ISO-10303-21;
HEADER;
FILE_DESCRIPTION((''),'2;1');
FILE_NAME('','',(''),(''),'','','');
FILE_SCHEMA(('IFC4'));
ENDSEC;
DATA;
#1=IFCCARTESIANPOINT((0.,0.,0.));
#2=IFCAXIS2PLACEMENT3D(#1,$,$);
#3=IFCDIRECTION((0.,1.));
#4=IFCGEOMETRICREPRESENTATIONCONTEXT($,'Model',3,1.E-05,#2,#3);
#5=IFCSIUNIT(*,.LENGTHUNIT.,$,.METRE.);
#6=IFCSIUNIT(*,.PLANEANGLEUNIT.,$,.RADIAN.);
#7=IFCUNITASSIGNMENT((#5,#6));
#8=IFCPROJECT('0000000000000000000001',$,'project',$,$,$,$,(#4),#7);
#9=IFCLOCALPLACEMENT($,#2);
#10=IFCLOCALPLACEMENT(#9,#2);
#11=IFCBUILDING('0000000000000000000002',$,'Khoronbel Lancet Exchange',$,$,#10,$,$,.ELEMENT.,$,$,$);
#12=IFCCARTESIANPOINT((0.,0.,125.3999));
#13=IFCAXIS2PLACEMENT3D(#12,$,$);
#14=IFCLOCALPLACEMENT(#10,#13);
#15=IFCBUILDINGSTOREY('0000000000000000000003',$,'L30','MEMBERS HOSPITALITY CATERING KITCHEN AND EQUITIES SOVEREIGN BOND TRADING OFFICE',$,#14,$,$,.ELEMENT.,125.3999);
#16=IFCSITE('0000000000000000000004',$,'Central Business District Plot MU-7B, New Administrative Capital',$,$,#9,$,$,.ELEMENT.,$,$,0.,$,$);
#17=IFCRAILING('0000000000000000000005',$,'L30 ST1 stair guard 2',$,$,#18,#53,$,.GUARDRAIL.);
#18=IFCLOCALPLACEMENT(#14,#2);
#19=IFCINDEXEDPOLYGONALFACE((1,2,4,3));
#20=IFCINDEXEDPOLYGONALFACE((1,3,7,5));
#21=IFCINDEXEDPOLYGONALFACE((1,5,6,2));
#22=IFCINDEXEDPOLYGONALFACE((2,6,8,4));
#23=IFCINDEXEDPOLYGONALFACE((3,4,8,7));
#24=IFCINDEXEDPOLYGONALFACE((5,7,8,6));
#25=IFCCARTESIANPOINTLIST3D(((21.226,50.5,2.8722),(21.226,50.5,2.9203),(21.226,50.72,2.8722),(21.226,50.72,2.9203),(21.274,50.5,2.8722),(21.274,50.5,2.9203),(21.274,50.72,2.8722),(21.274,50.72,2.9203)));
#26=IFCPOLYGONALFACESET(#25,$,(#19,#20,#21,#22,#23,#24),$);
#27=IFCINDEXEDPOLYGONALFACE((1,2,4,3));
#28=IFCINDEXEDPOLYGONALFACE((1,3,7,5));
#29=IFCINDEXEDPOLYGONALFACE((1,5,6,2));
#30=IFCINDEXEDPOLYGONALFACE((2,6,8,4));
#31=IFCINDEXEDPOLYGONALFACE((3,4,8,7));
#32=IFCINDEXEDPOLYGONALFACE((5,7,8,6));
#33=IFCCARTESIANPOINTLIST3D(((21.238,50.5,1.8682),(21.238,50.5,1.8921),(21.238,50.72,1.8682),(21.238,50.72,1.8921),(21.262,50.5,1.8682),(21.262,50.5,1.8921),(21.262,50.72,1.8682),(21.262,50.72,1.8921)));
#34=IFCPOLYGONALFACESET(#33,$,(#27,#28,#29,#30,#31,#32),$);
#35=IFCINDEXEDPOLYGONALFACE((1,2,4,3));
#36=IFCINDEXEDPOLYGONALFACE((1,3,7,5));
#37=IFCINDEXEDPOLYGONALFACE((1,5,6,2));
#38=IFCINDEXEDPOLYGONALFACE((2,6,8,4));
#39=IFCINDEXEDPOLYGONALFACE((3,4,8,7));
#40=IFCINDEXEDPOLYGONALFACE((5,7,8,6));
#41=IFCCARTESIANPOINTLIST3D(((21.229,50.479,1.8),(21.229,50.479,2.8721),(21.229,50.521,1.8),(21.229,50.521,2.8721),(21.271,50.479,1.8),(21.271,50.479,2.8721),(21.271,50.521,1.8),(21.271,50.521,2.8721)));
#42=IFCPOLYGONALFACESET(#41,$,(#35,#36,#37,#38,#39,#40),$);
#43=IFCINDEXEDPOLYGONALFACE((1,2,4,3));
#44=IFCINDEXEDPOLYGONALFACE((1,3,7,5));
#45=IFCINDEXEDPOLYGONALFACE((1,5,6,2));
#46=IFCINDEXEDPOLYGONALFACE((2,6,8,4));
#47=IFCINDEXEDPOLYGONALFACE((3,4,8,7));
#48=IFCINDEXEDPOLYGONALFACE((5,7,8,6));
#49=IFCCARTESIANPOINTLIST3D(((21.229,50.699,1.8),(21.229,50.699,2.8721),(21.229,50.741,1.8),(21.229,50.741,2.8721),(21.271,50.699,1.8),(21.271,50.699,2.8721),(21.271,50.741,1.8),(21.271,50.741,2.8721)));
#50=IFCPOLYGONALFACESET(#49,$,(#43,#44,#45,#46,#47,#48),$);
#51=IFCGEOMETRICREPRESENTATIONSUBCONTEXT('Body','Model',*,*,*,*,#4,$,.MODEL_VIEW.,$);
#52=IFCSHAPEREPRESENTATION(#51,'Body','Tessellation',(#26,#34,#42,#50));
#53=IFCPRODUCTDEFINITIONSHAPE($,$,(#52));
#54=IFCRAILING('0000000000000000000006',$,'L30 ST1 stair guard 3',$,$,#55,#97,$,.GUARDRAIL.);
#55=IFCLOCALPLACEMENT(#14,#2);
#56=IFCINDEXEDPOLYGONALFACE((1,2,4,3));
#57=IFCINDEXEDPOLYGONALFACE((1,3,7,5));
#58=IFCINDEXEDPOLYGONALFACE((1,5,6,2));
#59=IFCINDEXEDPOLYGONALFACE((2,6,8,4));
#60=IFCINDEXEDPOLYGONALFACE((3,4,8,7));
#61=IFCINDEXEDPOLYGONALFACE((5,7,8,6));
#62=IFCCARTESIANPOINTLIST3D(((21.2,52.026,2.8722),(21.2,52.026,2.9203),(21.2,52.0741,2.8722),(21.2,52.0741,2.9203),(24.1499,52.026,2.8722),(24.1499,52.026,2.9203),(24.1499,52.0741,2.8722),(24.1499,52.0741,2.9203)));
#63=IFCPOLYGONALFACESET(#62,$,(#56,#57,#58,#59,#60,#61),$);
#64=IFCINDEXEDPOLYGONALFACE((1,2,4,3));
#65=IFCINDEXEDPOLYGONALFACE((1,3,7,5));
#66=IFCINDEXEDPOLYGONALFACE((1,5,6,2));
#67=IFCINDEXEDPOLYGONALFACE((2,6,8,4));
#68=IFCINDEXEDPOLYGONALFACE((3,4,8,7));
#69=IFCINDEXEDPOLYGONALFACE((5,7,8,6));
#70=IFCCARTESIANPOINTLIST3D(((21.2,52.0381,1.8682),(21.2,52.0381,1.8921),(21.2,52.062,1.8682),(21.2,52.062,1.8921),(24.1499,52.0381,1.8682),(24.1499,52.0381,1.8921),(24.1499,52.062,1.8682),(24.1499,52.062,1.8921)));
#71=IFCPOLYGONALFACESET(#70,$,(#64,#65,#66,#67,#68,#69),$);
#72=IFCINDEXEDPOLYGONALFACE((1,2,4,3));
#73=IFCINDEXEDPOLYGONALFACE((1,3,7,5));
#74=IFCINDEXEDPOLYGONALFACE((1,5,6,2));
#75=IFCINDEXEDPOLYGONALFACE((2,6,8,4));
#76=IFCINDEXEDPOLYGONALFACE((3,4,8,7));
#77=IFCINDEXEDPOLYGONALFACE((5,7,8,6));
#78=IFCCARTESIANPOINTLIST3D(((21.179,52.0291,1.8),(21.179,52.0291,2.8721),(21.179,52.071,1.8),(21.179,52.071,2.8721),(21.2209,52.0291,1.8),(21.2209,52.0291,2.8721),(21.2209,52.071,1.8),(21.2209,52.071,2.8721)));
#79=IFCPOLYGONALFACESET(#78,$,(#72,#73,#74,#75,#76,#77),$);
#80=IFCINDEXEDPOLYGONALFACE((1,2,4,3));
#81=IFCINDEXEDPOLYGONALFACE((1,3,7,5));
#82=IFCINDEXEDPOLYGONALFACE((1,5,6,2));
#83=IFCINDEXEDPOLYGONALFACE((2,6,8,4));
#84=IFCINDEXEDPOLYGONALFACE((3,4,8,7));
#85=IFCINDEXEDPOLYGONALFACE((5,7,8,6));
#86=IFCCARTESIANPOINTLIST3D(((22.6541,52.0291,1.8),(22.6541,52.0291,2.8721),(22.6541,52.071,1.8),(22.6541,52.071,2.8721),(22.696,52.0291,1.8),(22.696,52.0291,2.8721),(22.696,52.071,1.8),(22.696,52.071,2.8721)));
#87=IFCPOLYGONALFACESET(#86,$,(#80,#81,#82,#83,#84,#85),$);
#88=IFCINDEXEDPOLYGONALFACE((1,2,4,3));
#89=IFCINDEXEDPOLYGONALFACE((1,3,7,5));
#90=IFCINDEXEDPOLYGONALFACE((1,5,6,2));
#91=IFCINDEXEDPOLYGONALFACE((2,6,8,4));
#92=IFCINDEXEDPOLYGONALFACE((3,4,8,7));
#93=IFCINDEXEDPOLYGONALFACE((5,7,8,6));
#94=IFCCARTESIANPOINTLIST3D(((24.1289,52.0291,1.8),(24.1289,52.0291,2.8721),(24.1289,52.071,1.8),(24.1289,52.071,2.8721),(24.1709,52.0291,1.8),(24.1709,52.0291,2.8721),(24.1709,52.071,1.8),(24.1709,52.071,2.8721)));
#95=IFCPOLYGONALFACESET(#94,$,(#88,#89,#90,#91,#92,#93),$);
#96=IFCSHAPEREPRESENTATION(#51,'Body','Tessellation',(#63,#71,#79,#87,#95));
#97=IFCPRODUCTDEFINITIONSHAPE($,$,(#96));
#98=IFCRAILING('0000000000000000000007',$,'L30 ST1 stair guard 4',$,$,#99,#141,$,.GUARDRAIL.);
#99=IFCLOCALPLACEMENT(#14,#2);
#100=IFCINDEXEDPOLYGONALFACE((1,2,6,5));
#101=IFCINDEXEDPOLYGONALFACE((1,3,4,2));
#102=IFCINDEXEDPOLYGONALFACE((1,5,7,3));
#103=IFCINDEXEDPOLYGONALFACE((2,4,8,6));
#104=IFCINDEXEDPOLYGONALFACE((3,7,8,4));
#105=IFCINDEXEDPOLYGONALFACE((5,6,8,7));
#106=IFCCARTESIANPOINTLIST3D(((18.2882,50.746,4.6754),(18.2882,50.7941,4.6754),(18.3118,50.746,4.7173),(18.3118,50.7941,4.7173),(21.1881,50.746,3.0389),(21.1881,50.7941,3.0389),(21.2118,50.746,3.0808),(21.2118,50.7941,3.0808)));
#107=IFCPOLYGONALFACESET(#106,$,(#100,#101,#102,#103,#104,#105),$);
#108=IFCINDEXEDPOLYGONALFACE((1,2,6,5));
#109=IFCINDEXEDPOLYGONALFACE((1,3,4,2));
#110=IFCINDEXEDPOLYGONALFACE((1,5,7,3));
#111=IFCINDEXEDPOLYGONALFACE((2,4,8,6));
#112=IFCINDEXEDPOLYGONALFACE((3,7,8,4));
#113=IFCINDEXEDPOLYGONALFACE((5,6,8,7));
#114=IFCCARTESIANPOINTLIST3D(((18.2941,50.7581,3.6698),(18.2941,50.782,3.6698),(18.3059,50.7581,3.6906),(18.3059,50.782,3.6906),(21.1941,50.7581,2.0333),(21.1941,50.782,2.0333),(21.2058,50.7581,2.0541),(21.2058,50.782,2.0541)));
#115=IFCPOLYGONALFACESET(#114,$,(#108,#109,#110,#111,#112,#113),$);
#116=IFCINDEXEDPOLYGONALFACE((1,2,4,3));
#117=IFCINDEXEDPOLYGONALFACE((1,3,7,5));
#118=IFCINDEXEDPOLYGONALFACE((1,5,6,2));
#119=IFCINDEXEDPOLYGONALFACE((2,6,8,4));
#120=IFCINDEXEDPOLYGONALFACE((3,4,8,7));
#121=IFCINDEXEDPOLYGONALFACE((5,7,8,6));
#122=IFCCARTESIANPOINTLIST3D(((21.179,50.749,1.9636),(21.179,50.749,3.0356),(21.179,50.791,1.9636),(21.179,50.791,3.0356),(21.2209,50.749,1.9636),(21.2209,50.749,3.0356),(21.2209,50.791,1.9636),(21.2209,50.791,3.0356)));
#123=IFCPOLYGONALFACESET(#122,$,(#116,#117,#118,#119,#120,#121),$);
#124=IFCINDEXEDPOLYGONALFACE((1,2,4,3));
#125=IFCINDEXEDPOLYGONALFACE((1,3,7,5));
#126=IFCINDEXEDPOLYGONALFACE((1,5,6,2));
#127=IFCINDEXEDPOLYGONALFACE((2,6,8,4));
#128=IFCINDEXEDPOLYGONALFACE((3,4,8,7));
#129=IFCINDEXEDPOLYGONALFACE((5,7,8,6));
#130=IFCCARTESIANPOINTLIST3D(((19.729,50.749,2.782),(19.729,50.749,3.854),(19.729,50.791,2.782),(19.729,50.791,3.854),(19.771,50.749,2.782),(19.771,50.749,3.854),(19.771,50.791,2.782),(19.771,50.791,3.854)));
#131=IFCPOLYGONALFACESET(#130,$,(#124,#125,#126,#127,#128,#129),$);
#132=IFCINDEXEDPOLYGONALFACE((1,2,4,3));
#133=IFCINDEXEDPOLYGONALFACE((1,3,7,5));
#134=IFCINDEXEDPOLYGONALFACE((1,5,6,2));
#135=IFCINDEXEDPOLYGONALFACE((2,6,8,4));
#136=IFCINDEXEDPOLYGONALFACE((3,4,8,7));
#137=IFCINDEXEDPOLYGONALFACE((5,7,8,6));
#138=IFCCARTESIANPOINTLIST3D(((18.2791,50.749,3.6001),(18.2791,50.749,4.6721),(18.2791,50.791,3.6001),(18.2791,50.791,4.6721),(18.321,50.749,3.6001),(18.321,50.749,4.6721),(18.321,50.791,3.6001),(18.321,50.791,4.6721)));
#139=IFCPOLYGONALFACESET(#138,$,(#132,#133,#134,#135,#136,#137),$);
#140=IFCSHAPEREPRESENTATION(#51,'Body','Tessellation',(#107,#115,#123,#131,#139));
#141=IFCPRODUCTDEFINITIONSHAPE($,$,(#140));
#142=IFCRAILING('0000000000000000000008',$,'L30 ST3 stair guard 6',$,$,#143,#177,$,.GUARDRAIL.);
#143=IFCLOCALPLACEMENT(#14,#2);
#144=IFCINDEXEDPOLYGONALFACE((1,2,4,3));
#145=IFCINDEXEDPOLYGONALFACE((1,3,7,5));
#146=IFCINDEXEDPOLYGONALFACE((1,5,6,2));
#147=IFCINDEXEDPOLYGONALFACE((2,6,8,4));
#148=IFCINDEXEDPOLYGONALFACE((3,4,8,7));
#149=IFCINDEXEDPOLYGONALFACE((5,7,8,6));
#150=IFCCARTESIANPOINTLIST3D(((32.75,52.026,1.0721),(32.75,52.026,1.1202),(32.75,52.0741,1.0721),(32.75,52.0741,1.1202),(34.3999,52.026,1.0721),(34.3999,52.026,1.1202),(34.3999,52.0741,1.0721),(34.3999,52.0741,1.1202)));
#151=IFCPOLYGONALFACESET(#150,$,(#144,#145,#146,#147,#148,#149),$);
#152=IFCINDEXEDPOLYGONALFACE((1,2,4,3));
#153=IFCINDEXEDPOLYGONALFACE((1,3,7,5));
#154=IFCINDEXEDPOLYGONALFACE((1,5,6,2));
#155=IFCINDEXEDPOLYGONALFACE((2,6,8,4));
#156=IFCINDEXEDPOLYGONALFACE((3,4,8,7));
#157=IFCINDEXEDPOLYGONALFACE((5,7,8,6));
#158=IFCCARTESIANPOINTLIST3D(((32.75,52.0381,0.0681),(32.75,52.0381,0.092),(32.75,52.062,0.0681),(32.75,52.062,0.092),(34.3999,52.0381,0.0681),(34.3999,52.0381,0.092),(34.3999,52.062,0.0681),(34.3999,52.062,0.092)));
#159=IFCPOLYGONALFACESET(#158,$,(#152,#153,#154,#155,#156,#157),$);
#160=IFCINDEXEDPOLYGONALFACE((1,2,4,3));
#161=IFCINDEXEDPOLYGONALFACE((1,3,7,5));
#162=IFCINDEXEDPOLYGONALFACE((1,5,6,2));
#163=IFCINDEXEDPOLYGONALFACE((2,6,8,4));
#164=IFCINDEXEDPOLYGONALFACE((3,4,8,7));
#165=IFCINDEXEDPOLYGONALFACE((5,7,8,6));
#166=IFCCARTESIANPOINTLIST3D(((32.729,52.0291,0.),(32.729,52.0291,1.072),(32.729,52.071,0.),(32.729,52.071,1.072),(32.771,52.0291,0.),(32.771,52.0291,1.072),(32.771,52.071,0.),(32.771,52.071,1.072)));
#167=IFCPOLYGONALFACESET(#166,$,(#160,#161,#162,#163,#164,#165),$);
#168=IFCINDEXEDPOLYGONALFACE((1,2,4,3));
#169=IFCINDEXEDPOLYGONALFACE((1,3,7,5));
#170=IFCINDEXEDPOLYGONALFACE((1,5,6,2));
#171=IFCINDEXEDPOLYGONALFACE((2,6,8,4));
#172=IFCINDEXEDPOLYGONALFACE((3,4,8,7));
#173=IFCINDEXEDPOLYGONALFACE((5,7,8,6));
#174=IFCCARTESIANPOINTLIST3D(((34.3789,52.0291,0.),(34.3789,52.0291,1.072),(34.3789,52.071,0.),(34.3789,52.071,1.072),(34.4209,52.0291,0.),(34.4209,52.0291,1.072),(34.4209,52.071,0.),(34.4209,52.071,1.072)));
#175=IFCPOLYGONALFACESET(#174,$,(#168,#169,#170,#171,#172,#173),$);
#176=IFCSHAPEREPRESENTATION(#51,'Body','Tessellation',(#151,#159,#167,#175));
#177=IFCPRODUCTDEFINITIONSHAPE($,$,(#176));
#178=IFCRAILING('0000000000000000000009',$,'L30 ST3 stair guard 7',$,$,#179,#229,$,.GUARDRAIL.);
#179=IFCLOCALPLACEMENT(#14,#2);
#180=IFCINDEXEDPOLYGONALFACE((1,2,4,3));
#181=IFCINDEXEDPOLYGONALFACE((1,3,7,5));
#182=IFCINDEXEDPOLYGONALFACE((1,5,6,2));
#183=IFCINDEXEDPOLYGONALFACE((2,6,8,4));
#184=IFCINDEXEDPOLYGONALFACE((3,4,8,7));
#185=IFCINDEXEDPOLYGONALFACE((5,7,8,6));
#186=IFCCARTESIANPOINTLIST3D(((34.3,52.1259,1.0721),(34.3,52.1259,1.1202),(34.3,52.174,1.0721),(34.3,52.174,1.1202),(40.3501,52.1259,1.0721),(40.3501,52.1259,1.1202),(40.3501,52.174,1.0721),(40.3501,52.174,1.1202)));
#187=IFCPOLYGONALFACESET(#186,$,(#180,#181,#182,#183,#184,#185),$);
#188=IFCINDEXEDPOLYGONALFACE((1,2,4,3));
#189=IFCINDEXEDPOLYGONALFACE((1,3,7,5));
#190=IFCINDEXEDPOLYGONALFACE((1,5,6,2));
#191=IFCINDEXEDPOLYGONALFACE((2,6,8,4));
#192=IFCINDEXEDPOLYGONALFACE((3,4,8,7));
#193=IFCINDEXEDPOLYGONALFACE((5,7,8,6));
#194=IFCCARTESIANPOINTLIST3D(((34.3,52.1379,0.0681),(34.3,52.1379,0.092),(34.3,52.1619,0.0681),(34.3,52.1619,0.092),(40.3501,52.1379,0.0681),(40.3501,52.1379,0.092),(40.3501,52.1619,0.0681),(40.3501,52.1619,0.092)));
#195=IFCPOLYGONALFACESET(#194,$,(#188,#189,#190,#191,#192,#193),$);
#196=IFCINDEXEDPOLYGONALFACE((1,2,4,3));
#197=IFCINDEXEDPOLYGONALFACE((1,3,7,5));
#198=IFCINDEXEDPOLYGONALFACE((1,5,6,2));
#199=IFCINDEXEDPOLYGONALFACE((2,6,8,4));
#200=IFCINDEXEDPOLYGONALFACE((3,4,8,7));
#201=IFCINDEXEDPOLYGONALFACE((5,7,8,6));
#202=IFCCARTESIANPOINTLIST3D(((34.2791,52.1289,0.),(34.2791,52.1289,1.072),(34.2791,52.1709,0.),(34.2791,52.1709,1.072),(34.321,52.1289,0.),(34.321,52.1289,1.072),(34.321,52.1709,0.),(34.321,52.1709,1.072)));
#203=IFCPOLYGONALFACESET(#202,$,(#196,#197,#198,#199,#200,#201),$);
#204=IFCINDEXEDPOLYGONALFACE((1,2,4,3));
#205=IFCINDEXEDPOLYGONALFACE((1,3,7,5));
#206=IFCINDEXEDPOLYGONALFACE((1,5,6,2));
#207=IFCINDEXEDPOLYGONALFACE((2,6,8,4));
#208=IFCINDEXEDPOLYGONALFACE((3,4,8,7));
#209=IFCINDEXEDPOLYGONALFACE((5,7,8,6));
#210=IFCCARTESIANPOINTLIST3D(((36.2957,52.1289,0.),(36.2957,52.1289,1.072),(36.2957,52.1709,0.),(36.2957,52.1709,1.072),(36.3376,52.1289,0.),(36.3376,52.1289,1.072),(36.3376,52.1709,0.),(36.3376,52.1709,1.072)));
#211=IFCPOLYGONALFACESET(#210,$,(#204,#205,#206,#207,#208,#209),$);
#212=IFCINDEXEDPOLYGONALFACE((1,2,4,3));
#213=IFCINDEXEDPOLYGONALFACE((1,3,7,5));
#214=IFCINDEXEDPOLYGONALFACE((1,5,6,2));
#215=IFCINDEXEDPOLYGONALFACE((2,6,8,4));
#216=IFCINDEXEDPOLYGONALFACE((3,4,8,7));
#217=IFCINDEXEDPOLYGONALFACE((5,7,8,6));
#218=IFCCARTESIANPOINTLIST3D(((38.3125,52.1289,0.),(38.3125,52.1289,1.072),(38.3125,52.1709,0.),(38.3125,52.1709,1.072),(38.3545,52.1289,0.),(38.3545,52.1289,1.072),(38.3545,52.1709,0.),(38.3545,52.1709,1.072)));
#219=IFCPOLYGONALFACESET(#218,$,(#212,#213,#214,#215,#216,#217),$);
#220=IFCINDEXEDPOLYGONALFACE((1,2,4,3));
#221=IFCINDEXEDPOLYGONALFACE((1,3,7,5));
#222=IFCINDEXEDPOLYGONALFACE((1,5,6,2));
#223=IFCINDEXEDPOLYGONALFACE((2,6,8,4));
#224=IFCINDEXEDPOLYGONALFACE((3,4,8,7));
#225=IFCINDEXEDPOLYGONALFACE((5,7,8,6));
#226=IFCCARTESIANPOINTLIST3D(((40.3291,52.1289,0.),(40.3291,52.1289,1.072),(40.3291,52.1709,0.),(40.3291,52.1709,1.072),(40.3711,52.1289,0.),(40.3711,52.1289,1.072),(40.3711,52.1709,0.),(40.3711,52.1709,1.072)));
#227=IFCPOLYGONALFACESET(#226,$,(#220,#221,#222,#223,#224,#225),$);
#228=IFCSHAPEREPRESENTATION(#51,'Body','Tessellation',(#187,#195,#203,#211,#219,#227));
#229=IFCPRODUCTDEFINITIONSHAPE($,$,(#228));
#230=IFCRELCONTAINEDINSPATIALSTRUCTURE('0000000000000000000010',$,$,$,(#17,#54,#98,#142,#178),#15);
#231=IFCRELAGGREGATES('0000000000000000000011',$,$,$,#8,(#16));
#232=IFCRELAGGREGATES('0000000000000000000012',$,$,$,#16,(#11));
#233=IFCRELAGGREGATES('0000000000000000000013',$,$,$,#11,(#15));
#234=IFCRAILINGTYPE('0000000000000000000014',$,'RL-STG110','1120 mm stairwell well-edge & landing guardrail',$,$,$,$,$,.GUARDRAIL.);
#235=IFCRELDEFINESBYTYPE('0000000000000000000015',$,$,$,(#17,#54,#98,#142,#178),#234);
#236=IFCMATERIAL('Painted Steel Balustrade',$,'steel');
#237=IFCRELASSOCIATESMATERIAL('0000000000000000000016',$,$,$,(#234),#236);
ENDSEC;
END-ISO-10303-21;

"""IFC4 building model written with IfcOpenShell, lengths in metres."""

from ifc_helpers import new_model, si_unit, direction, frame, origin, origin_2d, place, context, subcontext, project, spatial, rectangle, extrude, material, type_object, element, save


model = new_model("IFC4")

# Units and contexts
model_context = context("Model", 3, precision=1e-05, world=origin(), true_north=direction((0.0, 1.0)))
body_context = subcontext(model_context, "Body", "Model", "MODEL_VIEW")
ifc_project = project(units=[si_unit("LENGTHUNIT", "METRE"), si_unit("PLANEANGLEUNIT", "RADIAN")], contexts=[model_context])

# Site, building, storey
site_placement = place(None, origin())
site = spatial("IfcSite", under=ifc_project, at=site_placement, Name="Central Business District Plot MU-7B, New Administrative Capital", CompositionType="ELEMENT", RefElevation=0.0)
building_placement = place(site_placement, origin())
building = spatial("IfcBuilding", under=site, at=building_placement, Name="Khoronbel Lancet Exchange", CompositionType="ELEMENT")
storey_placement = place(building_placement, frame((0.0, 0.0, 125.3999)))
storey = spatial("IfcBuildingStorey", under=building, at=storey_placement, Name="L30", Description="MEMBERS HOSPITALITY CATERING KITCHEN AND EQUITIES SOVEREIGN BOND TRADING OFFICE", CompositionType="ELEMENT", Elevation=125.3999)

# Railings
ifc_material_1 = material(Name="Painted Steel Balustrade", Category="steel")
railing_type_1 = type_object("IfcRailingType", Name="RL-STG110", Description="1120 mm stairwell well-edge & landing guardrail", PredefinedType="GUARDRAIL", material=ifc_material_1)
railing_1_placement = place(storey_placement, frame((21.25, 50.5, 1.8)))
element("IfcRailing", 1, at=railing_1_placement, inside=storey, type_object=railing_type_1, Name="L30 ST1 stair guard 2", PredefinedType="GUARDRAIL", context=body_context, shape_type="SweptSolid", body=[
    extrude(rectangle(XDim=0.0481, YDim=0.0481, at=origin_2d()), frame((0.0, 0.0, 1.0962), z_axis=(0.0, 1.0, 0.0), x_axis=(-1.0, 0.0, 0.0)), (0.0, 0.0, 1.0), 0.22),
    extrude(rectangle(XDim=0.0239, YDim=0.0239, at=origin_2d()), frame((0.0, 0.0, 0.0801), z_axis=(0.0, 1.0, 0.0), x_axis=(-1.0, 0.0, 0.0)), (0.0, 0.0, 1.0), 0.22),
    extrude(rectangle(XDim=0.042, YDim=0.042, at=origin_2d()), origin(), (0.0, 0.0, 1.0), 1.072),
    extrude(rectangle(XDim=0.042, YDim=0.042, at=origin_2d()), frame((0.0, 0.22, 0.0)), (0.0, 0.0, 1.0), 1.072),
])
railing_2_placement = place(storey_placement, frame((21.2, 52.05, 1.8)))
element("IfcRailing", 2, at=railing_2_placement, inside=storey, type_object=railing_type_1, Name="L30 ST1 stair guard 3", PredefinedType="GUARDRAIL", context=body_context, shape_type="SweptSolid", body=[
    extrude(rectangle(XDim=0.0481, YDim=0.0481, at=origin_2d()), frame((0.0, 0.0, 1.0962), z_axis=(1.0, 0.0, 0.0), x_axis=(0.0, 1.0, 0.0)), (0.0, 0.0, 1.0), 2.95),
    extrude(rectangle(XDim=0.0239, YDim=0.0239, at=origin_2d()), frame((0.0, 0.0, 0.0801), z_axis=(1.0, 0.0, 0.0), x_axis=(0.0, 1.0, 0.0)), (0.0, 0.0, 1.0), 2.95),
    extrude(rectangle(XDim=0.042, YDim=0.042, at=origin_2d()), origin(), (0.0, 0.0, 1.0), 1.072),
    extrude(rectangle(XDim=0.042, YDim=0.042, at=origin_2d()), frame((1.4751, 0.0, 0.0)), (0.0, 0.0, 1.0), 1.072),
    extrude(rectangle(XDim=0.042, YDim=0.042, at=origin_2d()), frame((2.95, 0.0, 0.0)), (0.0, 0.0, 1.0), 1.072),
])
railing_3_placement = place(storey_placement, frame((21.2, 50.77, 1.9636)))
element("IfcRailing", 3, at=railing_3_placement, inside=storey, type_object=railing_type_1, Name="L30 ST1 stair guard 4", PredefinedType="GUARDRAIL", context=body_context, shape_type="SweptSolid", body=[
    extrude(rectangle(XDim=0.0481, YDim=0.0481, at=origin_2d()), frame((0.0, 0.0, 1.0962), z_axis=(-0.870897, 0.0, 0.491465), x_axis=(0.0, -1.0, 0.0)), (0.0, 0.0, 1.0), 3.3298),
    extrude(rectangle(XDim=0.0239, YDim=0.0239, at=origin_2d()), frame((0.0, 0.0, 0.0801), z_axis=(-0.870897, 0.0, 0.491465), x_axis=(0.0, -1.0, 0.0)), (0.0, 0.0, 1.0), 3.3298),
    extrude(rectangle(XDim=0.042, YDim=0.042, at=origin_2d()), origin(), (0.0, 0.0, 1.0), 1.072),
    extrude(rectangle(XDim=0.042, YDim=0.042, at=origin_2d()), frame((-1.45, 0.0, 0.8184)), (0.0, 0.0, 1.0), 1.072),
    extrude(rectangle(XDim=0.042, YDim=0.042, at=origin_2d()), frame((-2.8999, 0.0, 1.6365)), (0.0, 0.0, 1.0), 1.072),
])
railing_4_placement = place(storey_placement, frame((32.75, 52.05, 0.0)))
element("IfcRailing", 4, at=railing_4_placement, inside=storey, type_object=railing_type_1, Name="L30 ST3 stair guard 6", PredefinedType="GUARDRAIL", context=body_context, shape_type="SweptSolid", body=[
    extrude(rectangle(XDim=0.0481, YDim=0.0481, at=origin_2d()), frame((0.0, 0.0, 1.0962), z_axis=(1.0, 0.0, 0.0), x_axis=(0.0, 1.0, 0.0)), (0.0, 0.0, 1.0), 1.6499),
    extrude(rectangle(XDim=0.0239, YDim=0.0239, at=origin_2d()), frame((0.0, 0.0, 0.0801), z_axis=(1.0, 0.0, 0.0), x_axis=(0.0, 1.0, 0.0)), (0.0, 0.0, 1.0), 1.6499),
    extrude(rectangle(XDim=0.042, YDim=0.042, at=origin_2d()), origin(), (0.0, 0.0, 1.0), 1.072),
    extrude(rectangle(XDim=0.042, YDim=0.042, at=origin_2d()), frame((1.6499, 0.0, 0.0)), (0.0, 0.0, 1.0), 1.072),
])
railing_5_placement = place(storey_placement, frame((34.3, 52.1499, 0.0)))
element("IfcRailing", 5, at=railing_5_placement, inside=storey, type_object=railing_type_1, Name="L30 ST3 stair guard 7", PredefinedType="GUARDRAIL", context=body_context, shape_type="SweptSolid", body=[
    extrude(rectangle(XDim=0.0481, YDim=0.0481, at=origin_2d()), frame((0.0, 0.0, 1.0962), z_axis=(1.0, 0.0, 0.0), x_axis=(0.0, 1.0, 0.0)), (0.0, 0.0, 1.0), 6.05),
    extrude(rectangle(XDim=0.0239, YDim=0.0239, at=origin_2d()), frame((0.0, 0.0, 0.0801), z_axis=(1.0, 0.0, 0.0), x_axis=(0.0, 1.0, 0.0)), (0.0, 0.0, 1.0), 6.05),
    extrude(rectangle(XDim=0.042, YDim=0.042, at=origin_2d()), origin(), (0.0, 0.0, 1.0), 1.072),
    extrude(rectangle(XDim=0.042, YDim=0.042, at=origin_2d()), frame((2.0166, 0.0, 0.0)), (0.0, 0.0, 1.0), 1.072),
    extrude(rectangle(XDim=0.042, YDim=0.042, at=origin_2d()), frame((4.0334, 0.0, 0.0)), (0.0, 0.0, 1.0), 1.072),
    extrude(rectangle(XDim=0.042, YDim=0.042, at=origin_2d()), frame((6.05, 0.0, 0.0)), (0.0, 0.0, 1.0), 1.072),
])

save(model, "model.ifc")
